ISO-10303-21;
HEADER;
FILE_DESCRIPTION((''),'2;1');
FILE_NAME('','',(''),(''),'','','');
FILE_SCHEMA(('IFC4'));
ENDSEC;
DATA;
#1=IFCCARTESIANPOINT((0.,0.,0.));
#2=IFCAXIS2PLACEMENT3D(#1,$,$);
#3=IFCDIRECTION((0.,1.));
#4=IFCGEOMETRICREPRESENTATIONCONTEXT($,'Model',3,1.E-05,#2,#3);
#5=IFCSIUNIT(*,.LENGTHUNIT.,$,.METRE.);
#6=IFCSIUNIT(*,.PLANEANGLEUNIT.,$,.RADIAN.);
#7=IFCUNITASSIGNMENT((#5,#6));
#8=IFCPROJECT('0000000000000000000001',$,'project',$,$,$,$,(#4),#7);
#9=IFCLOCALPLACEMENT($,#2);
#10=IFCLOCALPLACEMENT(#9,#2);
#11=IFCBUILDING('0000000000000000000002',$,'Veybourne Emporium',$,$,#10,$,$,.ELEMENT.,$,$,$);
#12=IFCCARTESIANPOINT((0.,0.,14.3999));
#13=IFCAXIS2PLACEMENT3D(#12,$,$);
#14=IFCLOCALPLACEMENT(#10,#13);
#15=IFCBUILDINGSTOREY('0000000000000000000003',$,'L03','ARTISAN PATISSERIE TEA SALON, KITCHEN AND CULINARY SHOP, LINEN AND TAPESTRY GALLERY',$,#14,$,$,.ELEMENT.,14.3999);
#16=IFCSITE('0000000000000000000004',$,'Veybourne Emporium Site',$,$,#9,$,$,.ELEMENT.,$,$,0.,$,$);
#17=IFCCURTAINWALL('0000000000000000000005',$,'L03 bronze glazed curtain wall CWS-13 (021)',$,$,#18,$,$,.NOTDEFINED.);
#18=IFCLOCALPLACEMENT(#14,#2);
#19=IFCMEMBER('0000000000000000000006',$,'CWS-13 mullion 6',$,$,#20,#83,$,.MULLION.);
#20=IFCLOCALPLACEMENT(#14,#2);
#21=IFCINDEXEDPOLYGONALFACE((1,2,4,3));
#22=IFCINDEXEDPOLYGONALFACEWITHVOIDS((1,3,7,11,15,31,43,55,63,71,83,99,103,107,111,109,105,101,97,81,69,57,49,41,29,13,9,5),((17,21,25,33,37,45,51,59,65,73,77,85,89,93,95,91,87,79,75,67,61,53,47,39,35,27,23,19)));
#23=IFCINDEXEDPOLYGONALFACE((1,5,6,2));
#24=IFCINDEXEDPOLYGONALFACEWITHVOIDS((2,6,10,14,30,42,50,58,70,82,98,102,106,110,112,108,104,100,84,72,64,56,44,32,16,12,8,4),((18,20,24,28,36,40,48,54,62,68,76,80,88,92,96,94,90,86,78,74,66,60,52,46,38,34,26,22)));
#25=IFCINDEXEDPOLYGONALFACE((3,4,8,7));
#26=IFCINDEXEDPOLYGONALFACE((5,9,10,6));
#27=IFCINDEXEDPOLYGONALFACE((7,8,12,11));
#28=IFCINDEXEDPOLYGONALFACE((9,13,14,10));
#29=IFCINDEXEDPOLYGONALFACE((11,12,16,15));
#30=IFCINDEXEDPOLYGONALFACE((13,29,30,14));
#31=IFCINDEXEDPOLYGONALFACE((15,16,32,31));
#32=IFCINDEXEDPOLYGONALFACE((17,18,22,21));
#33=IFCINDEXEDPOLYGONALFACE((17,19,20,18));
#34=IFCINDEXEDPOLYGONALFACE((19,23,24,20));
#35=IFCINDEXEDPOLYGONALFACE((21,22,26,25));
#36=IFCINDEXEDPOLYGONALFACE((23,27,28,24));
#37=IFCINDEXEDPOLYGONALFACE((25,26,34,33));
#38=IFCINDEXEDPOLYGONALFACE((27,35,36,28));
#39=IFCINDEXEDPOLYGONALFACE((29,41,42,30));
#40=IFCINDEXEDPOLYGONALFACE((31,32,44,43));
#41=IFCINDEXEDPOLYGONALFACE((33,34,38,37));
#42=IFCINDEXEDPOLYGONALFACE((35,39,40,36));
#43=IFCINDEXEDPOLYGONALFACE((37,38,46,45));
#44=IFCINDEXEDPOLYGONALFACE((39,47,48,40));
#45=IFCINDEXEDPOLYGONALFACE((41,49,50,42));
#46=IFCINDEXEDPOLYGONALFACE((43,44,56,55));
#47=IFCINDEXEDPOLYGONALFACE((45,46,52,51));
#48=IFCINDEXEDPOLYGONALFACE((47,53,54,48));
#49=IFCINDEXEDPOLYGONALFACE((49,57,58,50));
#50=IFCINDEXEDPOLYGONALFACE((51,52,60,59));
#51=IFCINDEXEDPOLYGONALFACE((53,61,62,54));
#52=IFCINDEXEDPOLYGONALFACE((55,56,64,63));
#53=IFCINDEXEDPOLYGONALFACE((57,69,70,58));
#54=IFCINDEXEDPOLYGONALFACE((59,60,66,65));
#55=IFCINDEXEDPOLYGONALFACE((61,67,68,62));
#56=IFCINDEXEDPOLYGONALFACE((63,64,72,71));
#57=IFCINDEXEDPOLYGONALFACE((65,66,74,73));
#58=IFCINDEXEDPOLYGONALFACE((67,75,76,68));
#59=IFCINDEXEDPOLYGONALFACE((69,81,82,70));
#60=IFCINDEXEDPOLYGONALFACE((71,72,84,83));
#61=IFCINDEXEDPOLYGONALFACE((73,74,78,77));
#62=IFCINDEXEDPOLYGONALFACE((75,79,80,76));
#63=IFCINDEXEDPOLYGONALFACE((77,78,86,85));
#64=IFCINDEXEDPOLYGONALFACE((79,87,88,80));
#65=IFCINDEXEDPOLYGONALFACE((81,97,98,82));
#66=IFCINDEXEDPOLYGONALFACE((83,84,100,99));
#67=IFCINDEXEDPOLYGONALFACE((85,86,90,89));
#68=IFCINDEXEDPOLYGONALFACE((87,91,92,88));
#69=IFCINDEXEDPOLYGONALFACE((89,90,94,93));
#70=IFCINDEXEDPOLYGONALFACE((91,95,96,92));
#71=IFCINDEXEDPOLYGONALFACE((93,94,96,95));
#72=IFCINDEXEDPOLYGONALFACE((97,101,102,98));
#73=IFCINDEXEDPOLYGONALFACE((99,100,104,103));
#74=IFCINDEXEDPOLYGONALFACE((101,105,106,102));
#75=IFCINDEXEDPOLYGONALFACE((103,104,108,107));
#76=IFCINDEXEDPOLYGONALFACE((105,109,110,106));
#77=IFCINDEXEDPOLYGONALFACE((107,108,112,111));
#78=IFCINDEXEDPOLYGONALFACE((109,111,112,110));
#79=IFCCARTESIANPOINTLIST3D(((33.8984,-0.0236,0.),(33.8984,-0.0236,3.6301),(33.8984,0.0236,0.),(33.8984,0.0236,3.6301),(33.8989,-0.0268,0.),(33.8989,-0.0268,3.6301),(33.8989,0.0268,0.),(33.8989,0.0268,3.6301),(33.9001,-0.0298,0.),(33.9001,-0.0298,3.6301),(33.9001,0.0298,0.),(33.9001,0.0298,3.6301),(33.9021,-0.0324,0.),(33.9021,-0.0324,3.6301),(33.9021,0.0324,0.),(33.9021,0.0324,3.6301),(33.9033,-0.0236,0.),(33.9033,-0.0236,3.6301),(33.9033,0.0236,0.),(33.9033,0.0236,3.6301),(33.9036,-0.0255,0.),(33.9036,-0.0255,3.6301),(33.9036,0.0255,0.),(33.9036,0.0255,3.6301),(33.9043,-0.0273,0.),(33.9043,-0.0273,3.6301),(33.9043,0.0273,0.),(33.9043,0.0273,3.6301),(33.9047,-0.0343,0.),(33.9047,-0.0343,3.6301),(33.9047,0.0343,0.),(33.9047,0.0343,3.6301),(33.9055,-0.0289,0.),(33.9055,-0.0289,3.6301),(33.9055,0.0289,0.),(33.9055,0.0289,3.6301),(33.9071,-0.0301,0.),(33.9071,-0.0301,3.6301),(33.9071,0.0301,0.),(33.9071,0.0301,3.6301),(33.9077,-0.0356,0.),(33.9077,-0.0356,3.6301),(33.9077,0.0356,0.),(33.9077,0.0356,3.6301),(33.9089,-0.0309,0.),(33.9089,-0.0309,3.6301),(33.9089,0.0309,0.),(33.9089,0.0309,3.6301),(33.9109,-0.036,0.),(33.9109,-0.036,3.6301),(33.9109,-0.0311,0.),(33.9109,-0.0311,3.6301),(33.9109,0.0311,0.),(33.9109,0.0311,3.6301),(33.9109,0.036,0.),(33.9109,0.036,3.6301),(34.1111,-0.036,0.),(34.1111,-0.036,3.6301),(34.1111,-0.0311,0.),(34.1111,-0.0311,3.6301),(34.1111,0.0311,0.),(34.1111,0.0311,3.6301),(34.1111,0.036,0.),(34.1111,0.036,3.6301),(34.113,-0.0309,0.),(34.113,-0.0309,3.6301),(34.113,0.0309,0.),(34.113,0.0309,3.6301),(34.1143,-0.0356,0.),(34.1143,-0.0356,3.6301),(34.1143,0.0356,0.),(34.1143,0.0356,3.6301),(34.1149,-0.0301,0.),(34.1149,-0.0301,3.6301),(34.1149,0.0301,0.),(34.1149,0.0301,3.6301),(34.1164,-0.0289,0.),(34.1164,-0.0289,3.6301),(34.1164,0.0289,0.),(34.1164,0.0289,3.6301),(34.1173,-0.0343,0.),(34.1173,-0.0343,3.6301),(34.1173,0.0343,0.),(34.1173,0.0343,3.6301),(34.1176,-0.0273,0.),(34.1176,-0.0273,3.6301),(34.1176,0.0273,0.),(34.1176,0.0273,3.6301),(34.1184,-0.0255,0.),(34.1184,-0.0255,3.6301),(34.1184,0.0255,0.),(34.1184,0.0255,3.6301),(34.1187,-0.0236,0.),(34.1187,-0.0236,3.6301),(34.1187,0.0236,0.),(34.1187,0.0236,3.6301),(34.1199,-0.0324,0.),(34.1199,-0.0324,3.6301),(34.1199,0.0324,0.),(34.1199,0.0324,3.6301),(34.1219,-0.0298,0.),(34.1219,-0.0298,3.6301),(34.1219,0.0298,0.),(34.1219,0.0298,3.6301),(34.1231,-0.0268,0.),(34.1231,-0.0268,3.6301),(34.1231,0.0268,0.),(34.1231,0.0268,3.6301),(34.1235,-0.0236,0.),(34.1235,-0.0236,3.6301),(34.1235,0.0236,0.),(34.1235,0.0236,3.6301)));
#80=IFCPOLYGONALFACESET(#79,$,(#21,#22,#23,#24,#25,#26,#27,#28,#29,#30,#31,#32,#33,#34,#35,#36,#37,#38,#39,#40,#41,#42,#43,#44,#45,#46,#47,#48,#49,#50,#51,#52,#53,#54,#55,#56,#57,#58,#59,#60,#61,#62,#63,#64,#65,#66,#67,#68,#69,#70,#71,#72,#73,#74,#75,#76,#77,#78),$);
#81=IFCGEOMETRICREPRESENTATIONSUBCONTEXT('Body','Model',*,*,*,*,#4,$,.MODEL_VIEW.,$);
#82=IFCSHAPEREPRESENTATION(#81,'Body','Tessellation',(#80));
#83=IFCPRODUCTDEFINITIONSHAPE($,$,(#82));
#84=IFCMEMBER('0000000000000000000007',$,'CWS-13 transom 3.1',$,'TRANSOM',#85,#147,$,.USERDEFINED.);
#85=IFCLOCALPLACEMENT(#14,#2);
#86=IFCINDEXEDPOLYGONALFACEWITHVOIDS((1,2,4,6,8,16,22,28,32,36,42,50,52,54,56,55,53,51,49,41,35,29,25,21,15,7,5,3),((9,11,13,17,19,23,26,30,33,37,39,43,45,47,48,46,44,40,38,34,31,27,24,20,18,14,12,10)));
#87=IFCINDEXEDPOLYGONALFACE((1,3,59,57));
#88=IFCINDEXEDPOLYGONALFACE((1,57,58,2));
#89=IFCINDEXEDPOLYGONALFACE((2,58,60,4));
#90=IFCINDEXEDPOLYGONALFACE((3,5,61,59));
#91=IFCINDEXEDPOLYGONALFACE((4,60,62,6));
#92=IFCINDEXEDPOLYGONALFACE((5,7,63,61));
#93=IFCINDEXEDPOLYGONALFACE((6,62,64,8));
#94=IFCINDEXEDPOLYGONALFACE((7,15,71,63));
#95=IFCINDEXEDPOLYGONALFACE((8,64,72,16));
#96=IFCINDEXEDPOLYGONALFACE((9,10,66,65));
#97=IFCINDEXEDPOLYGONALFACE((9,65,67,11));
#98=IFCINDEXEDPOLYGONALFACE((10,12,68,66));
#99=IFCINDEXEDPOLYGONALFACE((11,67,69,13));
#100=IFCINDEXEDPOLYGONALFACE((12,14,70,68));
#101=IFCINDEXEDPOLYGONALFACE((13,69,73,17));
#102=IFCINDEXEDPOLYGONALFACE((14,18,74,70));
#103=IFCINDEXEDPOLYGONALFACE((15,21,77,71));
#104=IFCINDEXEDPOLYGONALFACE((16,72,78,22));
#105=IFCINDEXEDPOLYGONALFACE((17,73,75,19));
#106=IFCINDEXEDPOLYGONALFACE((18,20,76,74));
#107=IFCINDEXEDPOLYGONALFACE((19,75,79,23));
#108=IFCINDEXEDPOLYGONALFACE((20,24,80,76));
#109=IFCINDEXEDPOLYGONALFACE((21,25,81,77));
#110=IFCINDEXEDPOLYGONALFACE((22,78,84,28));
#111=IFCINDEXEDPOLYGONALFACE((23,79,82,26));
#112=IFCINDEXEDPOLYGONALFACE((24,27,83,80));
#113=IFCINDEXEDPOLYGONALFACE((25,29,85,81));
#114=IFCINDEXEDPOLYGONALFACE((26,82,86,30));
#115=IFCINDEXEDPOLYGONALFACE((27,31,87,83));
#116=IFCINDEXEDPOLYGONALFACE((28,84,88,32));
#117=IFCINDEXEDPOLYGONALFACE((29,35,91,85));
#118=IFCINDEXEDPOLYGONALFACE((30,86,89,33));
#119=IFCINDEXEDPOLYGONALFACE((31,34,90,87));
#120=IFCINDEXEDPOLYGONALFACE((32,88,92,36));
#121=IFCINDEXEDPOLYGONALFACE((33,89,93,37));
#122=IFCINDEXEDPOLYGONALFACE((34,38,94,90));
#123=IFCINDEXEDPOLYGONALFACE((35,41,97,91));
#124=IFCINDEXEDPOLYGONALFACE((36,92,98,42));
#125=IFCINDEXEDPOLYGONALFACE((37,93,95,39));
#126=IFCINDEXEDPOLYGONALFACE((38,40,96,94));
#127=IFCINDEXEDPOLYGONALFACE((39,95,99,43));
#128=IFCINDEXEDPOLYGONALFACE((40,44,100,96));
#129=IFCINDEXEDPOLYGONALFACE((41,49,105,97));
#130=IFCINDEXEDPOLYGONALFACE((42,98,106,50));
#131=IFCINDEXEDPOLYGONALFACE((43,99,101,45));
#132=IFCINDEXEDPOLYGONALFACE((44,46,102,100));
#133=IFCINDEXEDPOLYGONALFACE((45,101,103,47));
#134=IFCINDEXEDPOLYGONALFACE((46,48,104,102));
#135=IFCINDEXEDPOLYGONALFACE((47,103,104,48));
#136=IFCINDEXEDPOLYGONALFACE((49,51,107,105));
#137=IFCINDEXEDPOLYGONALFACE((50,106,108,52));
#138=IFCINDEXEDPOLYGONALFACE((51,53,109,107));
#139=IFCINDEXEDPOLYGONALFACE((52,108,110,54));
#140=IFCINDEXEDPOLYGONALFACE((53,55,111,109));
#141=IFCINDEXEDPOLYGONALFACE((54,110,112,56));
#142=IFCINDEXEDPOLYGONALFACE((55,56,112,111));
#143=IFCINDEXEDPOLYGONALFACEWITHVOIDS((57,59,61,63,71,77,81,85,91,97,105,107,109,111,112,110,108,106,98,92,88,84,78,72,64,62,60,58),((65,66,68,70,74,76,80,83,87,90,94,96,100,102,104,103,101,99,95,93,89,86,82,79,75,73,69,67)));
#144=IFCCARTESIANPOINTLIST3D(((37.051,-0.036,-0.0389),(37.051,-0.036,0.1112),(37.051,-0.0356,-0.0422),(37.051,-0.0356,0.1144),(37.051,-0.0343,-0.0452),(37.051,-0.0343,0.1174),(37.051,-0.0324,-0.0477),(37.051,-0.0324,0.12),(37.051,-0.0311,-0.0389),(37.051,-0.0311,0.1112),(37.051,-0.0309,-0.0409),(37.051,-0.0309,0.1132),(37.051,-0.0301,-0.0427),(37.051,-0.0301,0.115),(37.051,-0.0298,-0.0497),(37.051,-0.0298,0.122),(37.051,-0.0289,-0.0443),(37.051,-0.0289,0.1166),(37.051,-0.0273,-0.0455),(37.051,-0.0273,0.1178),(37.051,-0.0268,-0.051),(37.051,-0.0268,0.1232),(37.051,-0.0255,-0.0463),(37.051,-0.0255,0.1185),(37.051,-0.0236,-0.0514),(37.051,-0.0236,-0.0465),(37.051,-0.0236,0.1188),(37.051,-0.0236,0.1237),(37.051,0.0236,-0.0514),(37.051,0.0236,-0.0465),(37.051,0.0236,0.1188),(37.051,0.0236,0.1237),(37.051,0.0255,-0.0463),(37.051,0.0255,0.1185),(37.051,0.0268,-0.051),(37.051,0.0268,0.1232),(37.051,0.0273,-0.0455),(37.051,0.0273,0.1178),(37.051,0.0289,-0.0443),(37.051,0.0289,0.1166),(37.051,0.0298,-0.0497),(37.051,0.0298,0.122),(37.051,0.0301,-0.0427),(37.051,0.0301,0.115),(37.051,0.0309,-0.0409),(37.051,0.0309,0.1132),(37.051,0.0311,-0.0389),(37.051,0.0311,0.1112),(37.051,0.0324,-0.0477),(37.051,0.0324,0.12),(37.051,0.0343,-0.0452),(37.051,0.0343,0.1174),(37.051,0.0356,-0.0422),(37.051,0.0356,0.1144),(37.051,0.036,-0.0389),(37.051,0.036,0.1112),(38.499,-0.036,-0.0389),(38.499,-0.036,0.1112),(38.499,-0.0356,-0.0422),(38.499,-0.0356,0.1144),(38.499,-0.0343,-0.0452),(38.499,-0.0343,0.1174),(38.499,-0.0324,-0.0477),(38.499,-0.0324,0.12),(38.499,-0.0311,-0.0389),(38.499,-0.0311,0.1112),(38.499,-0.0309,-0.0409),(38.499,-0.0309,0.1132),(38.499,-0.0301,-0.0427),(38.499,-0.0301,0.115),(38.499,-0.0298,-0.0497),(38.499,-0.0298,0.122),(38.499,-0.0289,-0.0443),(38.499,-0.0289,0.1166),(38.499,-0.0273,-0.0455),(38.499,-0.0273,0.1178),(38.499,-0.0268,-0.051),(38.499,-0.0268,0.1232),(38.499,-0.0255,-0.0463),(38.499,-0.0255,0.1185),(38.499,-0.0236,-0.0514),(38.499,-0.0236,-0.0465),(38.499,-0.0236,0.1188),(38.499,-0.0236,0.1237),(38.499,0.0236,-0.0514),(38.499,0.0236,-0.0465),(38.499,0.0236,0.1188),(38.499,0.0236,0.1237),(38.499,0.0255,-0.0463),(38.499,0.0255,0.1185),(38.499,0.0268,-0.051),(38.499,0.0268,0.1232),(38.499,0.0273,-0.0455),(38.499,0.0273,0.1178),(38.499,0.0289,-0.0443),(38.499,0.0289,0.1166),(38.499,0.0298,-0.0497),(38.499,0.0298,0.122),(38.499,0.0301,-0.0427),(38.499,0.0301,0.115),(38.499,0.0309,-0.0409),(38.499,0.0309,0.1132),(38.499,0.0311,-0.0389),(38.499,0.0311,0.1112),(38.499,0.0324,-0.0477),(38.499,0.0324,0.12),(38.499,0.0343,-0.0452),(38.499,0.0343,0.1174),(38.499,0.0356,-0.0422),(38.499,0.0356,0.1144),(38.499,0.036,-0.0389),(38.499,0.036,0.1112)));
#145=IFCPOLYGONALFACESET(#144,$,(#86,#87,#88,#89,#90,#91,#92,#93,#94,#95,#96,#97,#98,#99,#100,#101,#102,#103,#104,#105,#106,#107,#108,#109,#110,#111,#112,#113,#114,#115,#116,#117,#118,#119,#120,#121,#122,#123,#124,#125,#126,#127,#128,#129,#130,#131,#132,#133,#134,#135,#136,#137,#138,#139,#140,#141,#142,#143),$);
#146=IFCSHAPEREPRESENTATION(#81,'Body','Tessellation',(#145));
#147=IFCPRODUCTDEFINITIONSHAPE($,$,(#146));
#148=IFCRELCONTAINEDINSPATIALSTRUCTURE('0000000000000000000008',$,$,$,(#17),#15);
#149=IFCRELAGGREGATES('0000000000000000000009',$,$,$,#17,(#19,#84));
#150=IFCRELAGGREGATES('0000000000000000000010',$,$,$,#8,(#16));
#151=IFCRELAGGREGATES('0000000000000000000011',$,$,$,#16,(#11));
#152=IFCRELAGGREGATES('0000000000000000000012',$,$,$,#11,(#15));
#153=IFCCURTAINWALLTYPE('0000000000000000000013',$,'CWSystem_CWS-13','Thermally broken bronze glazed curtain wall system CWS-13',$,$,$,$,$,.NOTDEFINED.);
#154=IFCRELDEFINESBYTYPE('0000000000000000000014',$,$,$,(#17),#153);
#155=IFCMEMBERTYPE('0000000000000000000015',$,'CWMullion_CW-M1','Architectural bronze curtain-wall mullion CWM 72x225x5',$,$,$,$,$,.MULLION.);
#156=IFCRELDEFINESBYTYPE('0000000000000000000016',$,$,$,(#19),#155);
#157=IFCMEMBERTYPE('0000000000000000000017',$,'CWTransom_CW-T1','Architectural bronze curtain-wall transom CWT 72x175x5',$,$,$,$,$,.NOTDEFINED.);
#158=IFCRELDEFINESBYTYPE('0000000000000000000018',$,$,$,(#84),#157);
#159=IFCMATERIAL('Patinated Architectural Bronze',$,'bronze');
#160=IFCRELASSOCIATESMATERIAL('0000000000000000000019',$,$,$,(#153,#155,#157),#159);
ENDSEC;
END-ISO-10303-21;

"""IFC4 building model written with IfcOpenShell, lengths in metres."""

from ifc_helpers import new_model, si_unit, direction, frame, origin, origin_2d, place, context, subcontext, project, spatial, hollow_rectangle, extrude, material, material_profile, profile_set, type_object, element, aggregate, save


model = new_model("IFC4")

# Units and contexts
model_context = context("Model", 3, precision=1e-05, world=origin(), true_north=direction((0.0, 1.0)))
body_context = subcontext(model_context, "Body", "Model", "MODEL_VIEW")
ifc_project = project(units=[si_unit("LENGTHUNIT", "METRE"), si_unit("PLANEANGLEUNIT", "RADIAN")], contexts=[model_context])

# Site, building, storey
site_placement = place(None, origin())
site = spatial("IfcSite", under=ifc_project, at=site_placement, Name="Veybourne Emporium Site", CompositionType="ELEMENT", RefElevation=0.0)
building_placement = place(site_placement, origin())
building = spatial("IfcBuilding", under=site, at=building_placement, Name="Veybourne Emporium", CompositionType="ELEMENT")
storey_placement = place(building_placement, frame((0.0, 0.0, 14.3999)))
storey = spatial("IfcBuildingStorey", under=building, at=storey_placement, Name="L03", Description="ARTISAN PATISSERIE TEA SALON, KITCHEN AND CULINARY SHOP, LINEN AND TAPESTRY GALLERY", CompositionType="ELEMENT", Elevation=14.3999)

# Curtain wall, members
ifc_material_1 = material(Name="Patinated Architectural Bronze", Category="bronze")
curtain_wall_type = type_object("IfcCurtainWallType", Name="CWSystem_CWS-13", Description="Thermally broken bronze glazed curtain wall system CWS-13", PredefinedType="NOTDEFINED", material=ifc_material_1)
curtain_wall_placement = place(storey_placement, origin())
curtain_wall = element("IfcCurtainWall", 1, at=curtain_wall_placement, inside=storey, type_object=curtain_wall_type, Name="L03 bronze glazed curtain wall CWS-13 (021)", PredefinedType="NOTDEFINED")
ifc_material_profile_1 = material_profile(ifc_material_1, hollow_rectangle(XDim=0.072, YDim=0.2251, WallThickness=0.0049, InnerFilletRadius=0.0076, OuterFilletRadius=0.0125, at=origin_2d()), Name="CWM 72x225x5")
ifc_profile_set_1 = profile_set([ifc_material_profile_1], Name="Patinated Architectural Bronze")
member_type_1 = type_object("IfcMemberType", Name="CWMullion_CW-M1", Description="Architectural bronze curtain-wall mullion CWM 72x225x5", PredefinedType="MULLION", material=ifc_profile_set_1)
member_1_placement = place(storey_placement, frame((34.011, 0.0, 0.0), z_axis=(0.0, 0.0, 1.0), x_axis=(0.0, -1.0, 0.0)))
member_1 = element("IfcMember", 2, at=member_1_placement, type_object=member_type_1, Name="CWS-13 mullion 6", PredefinedType="MULLION", context=body_context, shape_type="SweptSolid", body=[
    extrude(hollow_rectangle(XDim=0.072, YDim=0.2251, WallThickness=0.0049, InnerFilletRadius=0.0076, OuterFilletRadius=0.0125, at=origin_2d()), origin(), (0.0, 0.0, 1.0), 3.6301),
])
ifc_material_profile_2 = material_profile(ifc_material_1, hollow_rectangle(XDim=0.072, YDim=0.175, WallThickness=0.0049, InnerFilletRadius=0.0076, OuterFilletRadius=0.0125, at=origin_2d()), Name="CWT 72x175x5")
ifc_profile_set_2 = profile_set([ifc_material_profile_2], Name="Patinated Architectural Bronze")
member_type_2 = type_object("IfcMemberType", Name="CWTransom_CW-T1", Description="Architectural bronze curtain-wall transom CWT 72x175x5", PredefinedType="NOTDEFINED", material=ifc_profile_set_2)
member_2_placement = place(storey_placement, frame((38.499, 0.0, 0.0361), z_axis=(-1.0, 0.0, 0.0), x_axis=(0.0, -1.0, 0.0)))
member_2 = element("IfcMember", 3, at=member_2_placement, type_object=member_type_2, Name="CWS-13 transom 3.1", ObjectType="TRANSOM", PredefinedType="USERDEFINED", context=body_context, shape_type="SweptSolid", body=[
    extrude(hollow_rectangle(XDim=0.072, YDim=0.175, WallThickness=0.0049, InnerFilletRadius=0.0076, OuterFilletRadius=0.0125, at=origin_2d()), origin(), (0.0, 0.0, 1.0), 1.448),
])

aggregate(curtain_wall, [member_1, member_2])

save(model, "model.ifc")
